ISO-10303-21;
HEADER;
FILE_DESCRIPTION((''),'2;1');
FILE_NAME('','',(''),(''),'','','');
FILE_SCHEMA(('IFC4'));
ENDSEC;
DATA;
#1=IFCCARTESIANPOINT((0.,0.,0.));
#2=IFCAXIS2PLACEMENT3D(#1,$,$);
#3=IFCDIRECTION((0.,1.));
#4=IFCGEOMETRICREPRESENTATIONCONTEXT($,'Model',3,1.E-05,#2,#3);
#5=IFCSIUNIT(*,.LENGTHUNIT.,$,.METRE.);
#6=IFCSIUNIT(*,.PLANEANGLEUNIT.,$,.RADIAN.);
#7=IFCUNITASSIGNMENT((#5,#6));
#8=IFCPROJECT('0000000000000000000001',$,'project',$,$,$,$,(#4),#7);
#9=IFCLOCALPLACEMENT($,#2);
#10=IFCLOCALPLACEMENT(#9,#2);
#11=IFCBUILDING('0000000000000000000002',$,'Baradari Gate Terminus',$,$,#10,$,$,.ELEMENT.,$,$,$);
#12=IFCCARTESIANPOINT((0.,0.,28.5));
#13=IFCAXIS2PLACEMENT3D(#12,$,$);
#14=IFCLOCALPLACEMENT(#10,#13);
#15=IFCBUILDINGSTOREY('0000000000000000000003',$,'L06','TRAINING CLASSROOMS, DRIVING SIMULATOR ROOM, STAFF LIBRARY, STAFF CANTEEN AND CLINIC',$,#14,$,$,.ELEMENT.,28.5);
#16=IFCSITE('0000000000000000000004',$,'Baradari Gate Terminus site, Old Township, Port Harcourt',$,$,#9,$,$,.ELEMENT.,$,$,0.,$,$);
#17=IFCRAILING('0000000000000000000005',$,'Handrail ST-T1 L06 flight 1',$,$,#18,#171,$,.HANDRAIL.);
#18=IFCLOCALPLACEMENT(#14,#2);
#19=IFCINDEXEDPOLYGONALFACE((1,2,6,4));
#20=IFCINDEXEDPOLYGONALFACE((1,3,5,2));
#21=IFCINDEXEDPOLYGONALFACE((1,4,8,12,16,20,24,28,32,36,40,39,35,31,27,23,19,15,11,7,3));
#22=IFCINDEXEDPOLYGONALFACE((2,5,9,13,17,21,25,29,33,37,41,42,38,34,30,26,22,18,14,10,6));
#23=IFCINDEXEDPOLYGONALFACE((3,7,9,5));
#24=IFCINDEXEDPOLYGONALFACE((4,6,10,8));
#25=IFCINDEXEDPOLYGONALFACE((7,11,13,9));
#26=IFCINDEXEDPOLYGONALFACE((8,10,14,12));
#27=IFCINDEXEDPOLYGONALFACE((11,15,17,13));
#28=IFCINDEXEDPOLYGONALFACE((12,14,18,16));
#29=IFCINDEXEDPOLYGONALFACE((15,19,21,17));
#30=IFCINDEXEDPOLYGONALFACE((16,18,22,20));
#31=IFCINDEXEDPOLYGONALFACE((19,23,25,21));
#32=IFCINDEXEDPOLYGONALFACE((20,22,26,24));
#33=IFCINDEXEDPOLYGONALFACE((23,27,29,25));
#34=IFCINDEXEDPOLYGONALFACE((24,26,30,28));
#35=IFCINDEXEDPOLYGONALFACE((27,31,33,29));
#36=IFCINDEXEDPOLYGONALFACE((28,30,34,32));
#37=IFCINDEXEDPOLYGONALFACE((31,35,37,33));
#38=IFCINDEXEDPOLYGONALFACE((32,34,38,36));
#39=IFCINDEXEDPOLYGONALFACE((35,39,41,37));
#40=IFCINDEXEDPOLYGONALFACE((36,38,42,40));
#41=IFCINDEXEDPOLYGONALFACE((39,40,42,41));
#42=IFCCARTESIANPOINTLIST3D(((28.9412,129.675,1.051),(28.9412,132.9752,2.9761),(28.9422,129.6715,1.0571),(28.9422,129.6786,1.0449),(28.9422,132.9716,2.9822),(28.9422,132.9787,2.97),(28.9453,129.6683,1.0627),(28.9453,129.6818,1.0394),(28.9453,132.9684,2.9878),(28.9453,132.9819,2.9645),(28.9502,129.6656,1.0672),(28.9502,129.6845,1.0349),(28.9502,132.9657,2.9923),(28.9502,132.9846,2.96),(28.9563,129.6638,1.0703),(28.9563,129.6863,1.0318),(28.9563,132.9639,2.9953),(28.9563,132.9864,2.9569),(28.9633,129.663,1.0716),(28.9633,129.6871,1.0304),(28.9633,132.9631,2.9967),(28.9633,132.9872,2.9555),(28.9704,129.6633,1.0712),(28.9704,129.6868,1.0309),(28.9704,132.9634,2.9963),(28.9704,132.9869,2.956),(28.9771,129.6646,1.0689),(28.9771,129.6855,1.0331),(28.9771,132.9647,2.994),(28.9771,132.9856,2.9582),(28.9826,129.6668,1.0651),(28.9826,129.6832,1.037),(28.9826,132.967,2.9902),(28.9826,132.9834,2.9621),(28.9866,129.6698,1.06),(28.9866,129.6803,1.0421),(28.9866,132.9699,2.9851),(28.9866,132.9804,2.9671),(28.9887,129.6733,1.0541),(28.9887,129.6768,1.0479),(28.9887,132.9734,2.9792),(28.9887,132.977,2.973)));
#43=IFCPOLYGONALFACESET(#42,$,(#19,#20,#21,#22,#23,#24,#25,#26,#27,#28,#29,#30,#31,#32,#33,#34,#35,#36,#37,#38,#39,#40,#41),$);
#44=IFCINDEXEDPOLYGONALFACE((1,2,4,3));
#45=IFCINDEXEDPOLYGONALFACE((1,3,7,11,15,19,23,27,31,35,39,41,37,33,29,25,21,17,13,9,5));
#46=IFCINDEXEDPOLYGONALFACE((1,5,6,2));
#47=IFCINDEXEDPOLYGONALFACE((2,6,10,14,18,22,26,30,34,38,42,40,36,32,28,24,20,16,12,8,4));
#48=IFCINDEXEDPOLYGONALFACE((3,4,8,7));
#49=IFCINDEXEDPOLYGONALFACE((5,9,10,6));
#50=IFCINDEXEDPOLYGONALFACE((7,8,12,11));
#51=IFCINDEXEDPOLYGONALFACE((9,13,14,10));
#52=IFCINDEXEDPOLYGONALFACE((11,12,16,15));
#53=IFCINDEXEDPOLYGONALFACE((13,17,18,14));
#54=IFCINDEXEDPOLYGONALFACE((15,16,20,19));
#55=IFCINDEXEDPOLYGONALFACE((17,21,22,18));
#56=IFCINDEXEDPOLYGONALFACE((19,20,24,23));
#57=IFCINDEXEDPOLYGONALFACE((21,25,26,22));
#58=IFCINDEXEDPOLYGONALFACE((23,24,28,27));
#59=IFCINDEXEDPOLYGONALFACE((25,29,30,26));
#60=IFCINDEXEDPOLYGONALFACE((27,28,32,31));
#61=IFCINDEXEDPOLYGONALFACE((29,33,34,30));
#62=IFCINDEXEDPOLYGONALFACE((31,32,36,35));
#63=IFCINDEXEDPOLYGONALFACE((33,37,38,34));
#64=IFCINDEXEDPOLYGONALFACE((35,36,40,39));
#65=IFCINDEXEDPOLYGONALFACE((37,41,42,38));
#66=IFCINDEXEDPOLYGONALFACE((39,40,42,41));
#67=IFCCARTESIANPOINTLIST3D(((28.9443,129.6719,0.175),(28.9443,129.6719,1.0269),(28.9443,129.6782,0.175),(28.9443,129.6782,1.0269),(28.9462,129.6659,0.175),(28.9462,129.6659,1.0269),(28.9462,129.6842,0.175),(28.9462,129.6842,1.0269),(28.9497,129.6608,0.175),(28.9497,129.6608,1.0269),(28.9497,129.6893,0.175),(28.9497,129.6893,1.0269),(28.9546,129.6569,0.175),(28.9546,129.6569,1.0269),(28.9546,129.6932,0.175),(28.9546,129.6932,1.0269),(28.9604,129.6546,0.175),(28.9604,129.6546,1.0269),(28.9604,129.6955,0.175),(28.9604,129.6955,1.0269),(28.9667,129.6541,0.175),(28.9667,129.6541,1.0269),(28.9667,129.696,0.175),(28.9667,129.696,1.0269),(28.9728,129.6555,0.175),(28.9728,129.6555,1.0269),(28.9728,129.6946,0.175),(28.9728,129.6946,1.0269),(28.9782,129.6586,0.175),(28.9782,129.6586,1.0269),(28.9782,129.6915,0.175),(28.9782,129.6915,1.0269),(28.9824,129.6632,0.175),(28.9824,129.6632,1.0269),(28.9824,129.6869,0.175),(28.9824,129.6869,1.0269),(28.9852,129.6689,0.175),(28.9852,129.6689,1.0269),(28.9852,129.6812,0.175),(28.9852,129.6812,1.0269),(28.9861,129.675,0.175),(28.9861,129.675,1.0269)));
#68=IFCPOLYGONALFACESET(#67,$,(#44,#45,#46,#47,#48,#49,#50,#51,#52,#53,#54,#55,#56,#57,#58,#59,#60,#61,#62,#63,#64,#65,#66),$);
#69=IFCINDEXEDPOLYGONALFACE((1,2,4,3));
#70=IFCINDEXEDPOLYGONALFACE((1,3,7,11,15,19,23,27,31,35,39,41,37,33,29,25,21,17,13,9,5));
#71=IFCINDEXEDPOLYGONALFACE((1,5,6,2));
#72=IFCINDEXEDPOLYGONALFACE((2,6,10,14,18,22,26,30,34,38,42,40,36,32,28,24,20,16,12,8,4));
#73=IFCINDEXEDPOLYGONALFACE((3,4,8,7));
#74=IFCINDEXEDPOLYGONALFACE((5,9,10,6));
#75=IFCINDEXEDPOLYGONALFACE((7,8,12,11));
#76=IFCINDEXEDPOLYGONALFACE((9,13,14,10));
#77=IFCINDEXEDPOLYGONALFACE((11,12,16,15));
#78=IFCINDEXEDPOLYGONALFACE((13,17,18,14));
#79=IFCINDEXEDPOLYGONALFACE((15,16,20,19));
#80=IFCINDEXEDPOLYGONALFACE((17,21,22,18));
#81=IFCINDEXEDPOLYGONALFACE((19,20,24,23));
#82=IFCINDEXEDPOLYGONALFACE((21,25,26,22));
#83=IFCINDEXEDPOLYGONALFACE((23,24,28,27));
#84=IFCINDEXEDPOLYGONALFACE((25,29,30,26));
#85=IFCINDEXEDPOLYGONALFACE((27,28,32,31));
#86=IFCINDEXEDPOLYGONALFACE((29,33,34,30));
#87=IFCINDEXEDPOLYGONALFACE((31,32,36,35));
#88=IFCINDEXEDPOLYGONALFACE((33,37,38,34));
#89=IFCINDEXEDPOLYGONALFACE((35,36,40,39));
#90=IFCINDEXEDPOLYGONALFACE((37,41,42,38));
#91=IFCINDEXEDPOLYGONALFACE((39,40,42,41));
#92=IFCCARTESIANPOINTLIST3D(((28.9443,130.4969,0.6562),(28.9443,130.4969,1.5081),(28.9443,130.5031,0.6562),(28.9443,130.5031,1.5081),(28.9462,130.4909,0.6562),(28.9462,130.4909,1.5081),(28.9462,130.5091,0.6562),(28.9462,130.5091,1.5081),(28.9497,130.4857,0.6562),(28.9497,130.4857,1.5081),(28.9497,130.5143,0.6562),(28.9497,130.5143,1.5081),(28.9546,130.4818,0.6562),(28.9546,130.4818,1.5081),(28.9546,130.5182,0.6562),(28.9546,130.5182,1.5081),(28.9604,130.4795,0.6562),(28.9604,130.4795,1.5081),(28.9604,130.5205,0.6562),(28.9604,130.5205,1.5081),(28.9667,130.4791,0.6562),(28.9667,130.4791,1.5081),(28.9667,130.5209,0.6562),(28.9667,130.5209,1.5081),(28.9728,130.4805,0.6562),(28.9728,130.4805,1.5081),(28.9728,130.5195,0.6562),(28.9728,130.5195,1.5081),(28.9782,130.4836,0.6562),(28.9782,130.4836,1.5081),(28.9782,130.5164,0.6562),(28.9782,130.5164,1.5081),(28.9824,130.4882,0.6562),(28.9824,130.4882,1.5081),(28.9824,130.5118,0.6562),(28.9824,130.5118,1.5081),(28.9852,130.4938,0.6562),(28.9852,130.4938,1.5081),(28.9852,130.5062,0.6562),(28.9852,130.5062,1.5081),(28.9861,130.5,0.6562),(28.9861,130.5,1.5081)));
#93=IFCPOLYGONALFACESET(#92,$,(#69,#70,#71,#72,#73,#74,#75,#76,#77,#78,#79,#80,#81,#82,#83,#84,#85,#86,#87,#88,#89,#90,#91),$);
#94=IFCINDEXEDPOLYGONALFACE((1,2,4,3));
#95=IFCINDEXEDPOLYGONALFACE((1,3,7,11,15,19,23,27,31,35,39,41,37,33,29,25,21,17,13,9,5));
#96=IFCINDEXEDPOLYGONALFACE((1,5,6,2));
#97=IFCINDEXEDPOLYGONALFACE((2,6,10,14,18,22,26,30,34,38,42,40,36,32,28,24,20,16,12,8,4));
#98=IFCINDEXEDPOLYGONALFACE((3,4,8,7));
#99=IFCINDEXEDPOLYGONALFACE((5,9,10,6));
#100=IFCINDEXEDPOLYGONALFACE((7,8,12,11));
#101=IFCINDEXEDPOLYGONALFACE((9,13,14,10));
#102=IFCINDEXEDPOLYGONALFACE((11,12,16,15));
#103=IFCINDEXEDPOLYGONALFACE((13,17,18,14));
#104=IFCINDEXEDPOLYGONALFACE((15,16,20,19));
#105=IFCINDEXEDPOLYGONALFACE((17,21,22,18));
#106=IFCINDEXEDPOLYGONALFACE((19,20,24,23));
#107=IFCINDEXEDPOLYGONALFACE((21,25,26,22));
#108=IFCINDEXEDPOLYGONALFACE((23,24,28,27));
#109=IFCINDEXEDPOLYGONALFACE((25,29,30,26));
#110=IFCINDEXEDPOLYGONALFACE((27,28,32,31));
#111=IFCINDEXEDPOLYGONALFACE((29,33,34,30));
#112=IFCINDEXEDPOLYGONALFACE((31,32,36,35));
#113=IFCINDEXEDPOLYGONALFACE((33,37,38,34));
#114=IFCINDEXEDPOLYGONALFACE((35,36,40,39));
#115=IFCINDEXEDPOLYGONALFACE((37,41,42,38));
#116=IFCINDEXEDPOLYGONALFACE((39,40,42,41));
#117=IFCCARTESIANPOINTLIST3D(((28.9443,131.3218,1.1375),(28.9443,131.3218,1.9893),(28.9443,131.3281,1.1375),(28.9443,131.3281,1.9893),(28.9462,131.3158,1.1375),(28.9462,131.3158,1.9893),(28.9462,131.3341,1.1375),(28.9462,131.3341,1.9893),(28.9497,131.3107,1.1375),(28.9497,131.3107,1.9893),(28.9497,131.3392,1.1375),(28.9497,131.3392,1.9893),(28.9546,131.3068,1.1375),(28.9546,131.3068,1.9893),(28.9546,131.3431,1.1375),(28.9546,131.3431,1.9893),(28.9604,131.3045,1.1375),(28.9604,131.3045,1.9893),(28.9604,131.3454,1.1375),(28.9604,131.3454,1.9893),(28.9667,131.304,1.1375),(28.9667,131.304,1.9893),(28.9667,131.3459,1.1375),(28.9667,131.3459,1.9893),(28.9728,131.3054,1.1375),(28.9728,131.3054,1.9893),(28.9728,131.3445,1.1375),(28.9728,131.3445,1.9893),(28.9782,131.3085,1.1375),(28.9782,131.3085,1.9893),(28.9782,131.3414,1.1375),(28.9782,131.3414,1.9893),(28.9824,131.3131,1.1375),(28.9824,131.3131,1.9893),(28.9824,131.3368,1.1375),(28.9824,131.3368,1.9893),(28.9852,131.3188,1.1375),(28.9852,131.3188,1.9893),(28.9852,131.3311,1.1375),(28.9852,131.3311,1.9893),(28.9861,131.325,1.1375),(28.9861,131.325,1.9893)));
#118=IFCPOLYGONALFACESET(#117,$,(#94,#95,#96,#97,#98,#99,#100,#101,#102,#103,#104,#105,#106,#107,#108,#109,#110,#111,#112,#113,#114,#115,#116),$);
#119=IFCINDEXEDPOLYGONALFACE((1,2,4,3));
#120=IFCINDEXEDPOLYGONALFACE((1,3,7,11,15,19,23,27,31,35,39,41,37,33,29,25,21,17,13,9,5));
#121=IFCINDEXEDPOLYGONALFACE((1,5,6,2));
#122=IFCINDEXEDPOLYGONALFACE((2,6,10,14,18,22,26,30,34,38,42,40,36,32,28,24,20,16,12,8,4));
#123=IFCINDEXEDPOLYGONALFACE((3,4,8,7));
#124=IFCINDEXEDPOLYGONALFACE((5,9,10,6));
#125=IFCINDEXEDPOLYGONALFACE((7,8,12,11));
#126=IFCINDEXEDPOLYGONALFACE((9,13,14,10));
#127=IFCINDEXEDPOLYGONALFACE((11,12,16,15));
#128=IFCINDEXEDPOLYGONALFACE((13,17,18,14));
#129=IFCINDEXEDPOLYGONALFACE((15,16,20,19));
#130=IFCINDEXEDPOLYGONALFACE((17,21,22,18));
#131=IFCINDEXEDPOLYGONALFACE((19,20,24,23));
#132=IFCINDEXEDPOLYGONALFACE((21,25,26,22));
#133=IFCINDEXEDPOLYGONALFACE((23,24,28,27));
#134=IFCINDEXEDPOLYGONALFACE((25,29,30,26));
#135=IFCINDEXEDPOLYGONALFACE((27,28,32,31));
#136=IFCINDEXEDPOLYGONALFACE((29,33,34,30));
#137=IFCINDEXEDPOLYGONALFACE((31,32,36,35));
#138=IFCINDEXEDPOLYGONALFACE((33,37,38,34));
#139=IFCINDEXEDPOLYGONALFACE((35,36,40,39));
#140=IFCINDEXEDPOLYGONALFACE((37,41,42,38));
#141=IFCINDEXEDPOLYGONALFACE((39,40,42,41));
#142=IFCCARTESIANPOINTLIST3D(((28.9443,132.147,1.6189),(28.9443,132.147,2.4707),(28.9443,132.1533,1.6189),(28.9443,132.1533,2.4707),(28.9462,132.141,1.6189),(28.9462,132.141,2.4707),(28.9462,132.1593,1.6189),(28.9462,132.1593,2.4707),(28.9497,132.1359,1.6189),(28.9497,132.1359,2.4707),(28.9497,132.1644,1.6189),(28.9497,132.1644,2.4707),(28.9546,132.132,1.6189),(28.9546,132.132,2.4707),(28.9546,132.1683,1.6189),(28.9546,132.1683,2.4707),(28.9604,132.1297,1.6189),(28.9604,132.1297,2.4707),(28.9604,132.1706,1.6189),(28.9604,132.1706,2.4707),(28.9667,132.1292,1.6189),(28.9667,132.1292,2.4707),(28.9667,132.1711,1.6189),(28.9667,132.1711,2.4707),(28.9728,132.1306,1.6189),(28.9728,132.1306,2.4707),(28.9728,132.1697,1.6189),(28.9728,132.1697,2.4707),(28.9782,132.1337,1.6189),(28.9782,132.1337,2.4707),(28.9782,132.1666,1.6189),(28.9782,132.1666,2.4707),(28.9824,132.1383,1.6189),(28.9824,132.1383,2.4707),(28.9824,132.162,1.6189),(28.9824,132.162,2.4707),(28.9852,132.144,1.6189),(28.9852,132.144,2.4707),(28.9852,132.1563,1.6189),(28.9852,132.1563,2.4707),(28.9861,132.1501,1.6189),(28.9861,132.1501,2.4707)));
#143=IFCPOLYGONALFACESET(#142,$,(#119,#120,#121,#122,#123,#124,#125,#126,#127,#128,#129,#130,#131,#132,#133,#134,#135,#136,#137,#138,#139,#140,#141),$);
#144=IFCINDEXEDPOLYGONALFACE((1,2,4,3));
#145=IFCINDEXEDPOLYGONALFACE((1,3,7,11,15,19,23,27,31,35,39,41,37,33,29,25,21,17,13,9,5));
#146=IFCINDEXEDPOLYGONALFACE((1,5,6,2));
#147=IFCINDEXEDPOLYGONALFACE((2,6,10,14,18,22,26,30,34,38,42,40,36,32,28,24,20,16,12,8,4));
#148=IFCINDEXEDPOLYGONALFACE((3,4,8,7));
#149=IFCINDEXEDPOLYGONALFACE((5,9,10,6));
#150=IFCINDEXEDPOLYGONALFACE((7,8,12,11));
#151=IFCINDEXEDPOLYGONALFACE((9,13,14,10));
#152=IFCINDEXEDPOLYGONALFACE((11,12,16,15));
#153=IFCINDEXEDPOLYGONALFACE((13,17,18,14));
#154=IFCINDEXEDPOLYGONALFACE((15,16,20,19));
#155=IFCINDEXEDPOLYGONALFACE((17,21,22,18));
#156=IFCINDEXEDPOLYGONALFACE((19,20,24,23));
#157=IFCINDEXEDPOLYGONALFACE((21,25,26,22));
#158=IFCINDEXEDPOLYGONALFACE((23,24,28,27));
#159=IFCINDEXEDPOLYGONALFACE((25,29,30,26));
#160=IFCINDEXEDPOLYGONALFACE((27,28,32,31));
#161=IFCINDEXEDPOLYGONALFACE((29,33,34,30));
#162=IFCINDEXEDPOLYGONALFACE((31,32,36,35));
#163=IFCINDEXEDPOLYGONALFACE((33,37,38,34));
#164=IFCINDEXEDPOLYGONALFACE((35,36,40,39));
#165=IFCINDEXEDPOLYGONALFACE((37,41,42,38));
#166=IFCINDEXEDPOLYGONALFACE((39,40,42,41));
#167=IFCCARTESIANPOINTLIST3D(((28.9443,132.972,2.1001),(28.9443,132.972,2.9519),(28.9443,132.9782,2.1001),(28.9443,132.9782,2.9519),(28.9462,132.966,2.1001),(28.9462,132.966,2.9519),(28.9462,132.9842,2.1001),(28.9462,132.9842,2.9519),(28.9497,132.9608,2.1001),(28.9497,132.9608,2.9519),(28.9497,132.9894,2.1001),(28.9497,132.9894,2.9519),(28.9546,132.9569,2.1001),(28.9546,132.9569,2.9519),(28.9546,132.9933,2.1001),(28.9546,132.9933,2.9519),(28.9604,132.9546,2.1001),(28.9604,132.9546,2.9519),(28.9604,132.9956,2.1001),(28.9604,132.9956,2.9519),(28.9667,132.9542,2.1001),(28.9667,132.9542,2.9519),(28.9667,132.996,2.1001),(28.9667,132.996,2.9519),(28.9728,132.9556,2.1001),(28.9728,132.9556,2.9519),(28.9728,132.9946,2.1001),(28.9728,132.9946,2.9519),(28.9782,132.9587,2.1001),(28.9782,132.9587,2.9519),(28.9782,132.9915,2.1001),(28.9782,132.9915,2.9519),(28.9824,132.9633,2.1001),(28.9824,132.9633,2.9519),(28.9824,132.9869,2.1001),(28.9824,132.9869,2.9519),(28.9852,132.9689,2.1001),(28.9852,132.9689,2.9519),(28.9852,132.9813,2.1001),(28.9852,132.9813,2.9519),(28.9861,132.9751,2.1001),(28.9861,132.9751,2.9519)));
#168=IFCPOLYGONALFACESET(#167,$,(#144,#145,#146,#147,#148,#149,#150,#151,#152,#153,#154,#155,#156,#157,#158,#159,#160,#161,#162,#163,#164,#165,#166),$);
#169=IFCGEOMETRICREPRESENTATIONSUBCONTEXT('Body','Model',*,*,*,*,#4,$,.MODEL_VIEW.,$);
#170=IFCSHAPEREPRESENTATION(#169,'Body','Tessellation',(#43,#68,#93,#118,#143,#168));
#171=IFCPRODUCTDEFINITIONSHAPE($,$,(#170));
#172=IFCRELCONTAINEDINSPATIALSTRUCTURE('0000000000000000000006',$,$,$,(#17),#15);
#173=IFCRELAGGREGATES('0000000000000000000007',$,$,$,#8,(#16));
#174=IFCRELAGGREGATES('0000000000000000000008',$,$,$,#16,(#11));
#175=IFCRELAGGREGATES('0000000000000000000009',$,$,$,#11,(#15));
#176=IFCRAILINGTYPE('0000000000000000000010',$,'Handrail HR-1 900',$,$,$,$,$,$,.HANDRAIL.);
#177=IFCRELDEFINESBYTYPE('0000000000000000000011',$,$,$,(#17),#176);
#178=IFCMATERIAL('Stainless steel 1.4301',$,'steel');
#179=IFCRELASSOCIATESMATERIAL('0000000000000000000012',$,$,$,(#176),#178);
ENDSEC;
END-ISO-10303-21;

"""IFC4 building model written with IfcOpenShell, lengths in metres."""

from ifc_helpers import new_model, si_unit, direction, frame, origin, origin_2d, place, context, subcontext, project, spatial, circle, extrude, material, type_object, element, save


model = new_model("IFC4")

# Units and contexts
model_context = context("Model", 3, precision=1e-05, world=origin(), true_north=direction((0.0, 1.0)))
body_context = subcontext(model_context, "Body", "Model", "MODEL_VIEW")
ifc_project = project(units=[si_unit("LENGTHUNIT", "METRE"), si_unit("PLANEANGLEUNIT", "RADIAN")], contexts=[model_context])

# Site, building, storey
site_placement = place(None, origin())
site = spatial("IfcSite", under=ifc_project, at=site_placement, Name="Baradari Gate Terminus site, Old Township, Port Harcourt", CompositionType="ELEMENT", RefElevation=0.0)
building_placement = place(site_placement, origin())
building = spatial("IfcBuilding", under=site, at=building_placement, Name="Baradari Gate Terminus", CompositionType="ELEMENT")
storey_placement = place(building_placement, frame((0.0, 0.0, 28.5)))
storey = spatial("IfcBuildingStorey", under=building, at=storey_placement, Name="L06", Description="TRAINING CLASSROOMS, DRIVING SIMULATOR ROOM, STAFF LIBRARY, STAFF CANTEEN AND CLINIC", CompositionType="ELEMENT", Elevation=28.5)

# Railing
ifc_material_1 = material(Name="Stainless steel 1.4301", Category="steel")
railing_type = type_object("IfcRailingType", Name="Handrail HR-1 900", PredefinedType="HANDRAIL", material=ifc_material_1)
for number, where, name in (
    (1, (28.9651, 129.675, 0.175), "Handrail ST-T1 L06 flight 1"),
):
    element("IfcRailing", number, at=place(storey_placement, frame(where)), inside=storey, type_object=railing_type, Name=name, PredefinedType="HANDRAIL", context=body_context, shape_type="SweptSolid", body=[
        extrude(circle(Radius=0.0239, at=origin_2d()), frame((0.0, 0.0, 0.876), z_axis=(0.0, 0.863777, 0.503875), x_axis=(-1.0, 0.0, 0.0)), (0.0, 0.0, 1.0), 3.8206),
        extrude(circle(Radius=0.021, at=origin_2d()), origin(), (0.0, 0.0, 1.0), 0.8518),
        extrude(circle(Radius=0.021, at=origin_2d()), frame((0.0, 0.825, 0.4812)), (0.0, 0.0, 1.0), 0.8518),
        extrude(circle(Radius=0.021, at=origin_2d()), frame((0.0, 1.6499, 0.9624)), (0.0, 0.0, 1.0), 0.8518),
        extrude(circle(Radius=0.021, at=origin_2d()), frame((0.0, 2.4751, 1.4438)), (0.0, 0.0, 1.0), 0.8518),
        extrude(circle(Radius=0.021, at=origin_2d()), frame((0.0, 3.3, 1.925)), (0.0, 0.0, 1.0), 0.8518),
    ])

save(model, "model.ifc")
